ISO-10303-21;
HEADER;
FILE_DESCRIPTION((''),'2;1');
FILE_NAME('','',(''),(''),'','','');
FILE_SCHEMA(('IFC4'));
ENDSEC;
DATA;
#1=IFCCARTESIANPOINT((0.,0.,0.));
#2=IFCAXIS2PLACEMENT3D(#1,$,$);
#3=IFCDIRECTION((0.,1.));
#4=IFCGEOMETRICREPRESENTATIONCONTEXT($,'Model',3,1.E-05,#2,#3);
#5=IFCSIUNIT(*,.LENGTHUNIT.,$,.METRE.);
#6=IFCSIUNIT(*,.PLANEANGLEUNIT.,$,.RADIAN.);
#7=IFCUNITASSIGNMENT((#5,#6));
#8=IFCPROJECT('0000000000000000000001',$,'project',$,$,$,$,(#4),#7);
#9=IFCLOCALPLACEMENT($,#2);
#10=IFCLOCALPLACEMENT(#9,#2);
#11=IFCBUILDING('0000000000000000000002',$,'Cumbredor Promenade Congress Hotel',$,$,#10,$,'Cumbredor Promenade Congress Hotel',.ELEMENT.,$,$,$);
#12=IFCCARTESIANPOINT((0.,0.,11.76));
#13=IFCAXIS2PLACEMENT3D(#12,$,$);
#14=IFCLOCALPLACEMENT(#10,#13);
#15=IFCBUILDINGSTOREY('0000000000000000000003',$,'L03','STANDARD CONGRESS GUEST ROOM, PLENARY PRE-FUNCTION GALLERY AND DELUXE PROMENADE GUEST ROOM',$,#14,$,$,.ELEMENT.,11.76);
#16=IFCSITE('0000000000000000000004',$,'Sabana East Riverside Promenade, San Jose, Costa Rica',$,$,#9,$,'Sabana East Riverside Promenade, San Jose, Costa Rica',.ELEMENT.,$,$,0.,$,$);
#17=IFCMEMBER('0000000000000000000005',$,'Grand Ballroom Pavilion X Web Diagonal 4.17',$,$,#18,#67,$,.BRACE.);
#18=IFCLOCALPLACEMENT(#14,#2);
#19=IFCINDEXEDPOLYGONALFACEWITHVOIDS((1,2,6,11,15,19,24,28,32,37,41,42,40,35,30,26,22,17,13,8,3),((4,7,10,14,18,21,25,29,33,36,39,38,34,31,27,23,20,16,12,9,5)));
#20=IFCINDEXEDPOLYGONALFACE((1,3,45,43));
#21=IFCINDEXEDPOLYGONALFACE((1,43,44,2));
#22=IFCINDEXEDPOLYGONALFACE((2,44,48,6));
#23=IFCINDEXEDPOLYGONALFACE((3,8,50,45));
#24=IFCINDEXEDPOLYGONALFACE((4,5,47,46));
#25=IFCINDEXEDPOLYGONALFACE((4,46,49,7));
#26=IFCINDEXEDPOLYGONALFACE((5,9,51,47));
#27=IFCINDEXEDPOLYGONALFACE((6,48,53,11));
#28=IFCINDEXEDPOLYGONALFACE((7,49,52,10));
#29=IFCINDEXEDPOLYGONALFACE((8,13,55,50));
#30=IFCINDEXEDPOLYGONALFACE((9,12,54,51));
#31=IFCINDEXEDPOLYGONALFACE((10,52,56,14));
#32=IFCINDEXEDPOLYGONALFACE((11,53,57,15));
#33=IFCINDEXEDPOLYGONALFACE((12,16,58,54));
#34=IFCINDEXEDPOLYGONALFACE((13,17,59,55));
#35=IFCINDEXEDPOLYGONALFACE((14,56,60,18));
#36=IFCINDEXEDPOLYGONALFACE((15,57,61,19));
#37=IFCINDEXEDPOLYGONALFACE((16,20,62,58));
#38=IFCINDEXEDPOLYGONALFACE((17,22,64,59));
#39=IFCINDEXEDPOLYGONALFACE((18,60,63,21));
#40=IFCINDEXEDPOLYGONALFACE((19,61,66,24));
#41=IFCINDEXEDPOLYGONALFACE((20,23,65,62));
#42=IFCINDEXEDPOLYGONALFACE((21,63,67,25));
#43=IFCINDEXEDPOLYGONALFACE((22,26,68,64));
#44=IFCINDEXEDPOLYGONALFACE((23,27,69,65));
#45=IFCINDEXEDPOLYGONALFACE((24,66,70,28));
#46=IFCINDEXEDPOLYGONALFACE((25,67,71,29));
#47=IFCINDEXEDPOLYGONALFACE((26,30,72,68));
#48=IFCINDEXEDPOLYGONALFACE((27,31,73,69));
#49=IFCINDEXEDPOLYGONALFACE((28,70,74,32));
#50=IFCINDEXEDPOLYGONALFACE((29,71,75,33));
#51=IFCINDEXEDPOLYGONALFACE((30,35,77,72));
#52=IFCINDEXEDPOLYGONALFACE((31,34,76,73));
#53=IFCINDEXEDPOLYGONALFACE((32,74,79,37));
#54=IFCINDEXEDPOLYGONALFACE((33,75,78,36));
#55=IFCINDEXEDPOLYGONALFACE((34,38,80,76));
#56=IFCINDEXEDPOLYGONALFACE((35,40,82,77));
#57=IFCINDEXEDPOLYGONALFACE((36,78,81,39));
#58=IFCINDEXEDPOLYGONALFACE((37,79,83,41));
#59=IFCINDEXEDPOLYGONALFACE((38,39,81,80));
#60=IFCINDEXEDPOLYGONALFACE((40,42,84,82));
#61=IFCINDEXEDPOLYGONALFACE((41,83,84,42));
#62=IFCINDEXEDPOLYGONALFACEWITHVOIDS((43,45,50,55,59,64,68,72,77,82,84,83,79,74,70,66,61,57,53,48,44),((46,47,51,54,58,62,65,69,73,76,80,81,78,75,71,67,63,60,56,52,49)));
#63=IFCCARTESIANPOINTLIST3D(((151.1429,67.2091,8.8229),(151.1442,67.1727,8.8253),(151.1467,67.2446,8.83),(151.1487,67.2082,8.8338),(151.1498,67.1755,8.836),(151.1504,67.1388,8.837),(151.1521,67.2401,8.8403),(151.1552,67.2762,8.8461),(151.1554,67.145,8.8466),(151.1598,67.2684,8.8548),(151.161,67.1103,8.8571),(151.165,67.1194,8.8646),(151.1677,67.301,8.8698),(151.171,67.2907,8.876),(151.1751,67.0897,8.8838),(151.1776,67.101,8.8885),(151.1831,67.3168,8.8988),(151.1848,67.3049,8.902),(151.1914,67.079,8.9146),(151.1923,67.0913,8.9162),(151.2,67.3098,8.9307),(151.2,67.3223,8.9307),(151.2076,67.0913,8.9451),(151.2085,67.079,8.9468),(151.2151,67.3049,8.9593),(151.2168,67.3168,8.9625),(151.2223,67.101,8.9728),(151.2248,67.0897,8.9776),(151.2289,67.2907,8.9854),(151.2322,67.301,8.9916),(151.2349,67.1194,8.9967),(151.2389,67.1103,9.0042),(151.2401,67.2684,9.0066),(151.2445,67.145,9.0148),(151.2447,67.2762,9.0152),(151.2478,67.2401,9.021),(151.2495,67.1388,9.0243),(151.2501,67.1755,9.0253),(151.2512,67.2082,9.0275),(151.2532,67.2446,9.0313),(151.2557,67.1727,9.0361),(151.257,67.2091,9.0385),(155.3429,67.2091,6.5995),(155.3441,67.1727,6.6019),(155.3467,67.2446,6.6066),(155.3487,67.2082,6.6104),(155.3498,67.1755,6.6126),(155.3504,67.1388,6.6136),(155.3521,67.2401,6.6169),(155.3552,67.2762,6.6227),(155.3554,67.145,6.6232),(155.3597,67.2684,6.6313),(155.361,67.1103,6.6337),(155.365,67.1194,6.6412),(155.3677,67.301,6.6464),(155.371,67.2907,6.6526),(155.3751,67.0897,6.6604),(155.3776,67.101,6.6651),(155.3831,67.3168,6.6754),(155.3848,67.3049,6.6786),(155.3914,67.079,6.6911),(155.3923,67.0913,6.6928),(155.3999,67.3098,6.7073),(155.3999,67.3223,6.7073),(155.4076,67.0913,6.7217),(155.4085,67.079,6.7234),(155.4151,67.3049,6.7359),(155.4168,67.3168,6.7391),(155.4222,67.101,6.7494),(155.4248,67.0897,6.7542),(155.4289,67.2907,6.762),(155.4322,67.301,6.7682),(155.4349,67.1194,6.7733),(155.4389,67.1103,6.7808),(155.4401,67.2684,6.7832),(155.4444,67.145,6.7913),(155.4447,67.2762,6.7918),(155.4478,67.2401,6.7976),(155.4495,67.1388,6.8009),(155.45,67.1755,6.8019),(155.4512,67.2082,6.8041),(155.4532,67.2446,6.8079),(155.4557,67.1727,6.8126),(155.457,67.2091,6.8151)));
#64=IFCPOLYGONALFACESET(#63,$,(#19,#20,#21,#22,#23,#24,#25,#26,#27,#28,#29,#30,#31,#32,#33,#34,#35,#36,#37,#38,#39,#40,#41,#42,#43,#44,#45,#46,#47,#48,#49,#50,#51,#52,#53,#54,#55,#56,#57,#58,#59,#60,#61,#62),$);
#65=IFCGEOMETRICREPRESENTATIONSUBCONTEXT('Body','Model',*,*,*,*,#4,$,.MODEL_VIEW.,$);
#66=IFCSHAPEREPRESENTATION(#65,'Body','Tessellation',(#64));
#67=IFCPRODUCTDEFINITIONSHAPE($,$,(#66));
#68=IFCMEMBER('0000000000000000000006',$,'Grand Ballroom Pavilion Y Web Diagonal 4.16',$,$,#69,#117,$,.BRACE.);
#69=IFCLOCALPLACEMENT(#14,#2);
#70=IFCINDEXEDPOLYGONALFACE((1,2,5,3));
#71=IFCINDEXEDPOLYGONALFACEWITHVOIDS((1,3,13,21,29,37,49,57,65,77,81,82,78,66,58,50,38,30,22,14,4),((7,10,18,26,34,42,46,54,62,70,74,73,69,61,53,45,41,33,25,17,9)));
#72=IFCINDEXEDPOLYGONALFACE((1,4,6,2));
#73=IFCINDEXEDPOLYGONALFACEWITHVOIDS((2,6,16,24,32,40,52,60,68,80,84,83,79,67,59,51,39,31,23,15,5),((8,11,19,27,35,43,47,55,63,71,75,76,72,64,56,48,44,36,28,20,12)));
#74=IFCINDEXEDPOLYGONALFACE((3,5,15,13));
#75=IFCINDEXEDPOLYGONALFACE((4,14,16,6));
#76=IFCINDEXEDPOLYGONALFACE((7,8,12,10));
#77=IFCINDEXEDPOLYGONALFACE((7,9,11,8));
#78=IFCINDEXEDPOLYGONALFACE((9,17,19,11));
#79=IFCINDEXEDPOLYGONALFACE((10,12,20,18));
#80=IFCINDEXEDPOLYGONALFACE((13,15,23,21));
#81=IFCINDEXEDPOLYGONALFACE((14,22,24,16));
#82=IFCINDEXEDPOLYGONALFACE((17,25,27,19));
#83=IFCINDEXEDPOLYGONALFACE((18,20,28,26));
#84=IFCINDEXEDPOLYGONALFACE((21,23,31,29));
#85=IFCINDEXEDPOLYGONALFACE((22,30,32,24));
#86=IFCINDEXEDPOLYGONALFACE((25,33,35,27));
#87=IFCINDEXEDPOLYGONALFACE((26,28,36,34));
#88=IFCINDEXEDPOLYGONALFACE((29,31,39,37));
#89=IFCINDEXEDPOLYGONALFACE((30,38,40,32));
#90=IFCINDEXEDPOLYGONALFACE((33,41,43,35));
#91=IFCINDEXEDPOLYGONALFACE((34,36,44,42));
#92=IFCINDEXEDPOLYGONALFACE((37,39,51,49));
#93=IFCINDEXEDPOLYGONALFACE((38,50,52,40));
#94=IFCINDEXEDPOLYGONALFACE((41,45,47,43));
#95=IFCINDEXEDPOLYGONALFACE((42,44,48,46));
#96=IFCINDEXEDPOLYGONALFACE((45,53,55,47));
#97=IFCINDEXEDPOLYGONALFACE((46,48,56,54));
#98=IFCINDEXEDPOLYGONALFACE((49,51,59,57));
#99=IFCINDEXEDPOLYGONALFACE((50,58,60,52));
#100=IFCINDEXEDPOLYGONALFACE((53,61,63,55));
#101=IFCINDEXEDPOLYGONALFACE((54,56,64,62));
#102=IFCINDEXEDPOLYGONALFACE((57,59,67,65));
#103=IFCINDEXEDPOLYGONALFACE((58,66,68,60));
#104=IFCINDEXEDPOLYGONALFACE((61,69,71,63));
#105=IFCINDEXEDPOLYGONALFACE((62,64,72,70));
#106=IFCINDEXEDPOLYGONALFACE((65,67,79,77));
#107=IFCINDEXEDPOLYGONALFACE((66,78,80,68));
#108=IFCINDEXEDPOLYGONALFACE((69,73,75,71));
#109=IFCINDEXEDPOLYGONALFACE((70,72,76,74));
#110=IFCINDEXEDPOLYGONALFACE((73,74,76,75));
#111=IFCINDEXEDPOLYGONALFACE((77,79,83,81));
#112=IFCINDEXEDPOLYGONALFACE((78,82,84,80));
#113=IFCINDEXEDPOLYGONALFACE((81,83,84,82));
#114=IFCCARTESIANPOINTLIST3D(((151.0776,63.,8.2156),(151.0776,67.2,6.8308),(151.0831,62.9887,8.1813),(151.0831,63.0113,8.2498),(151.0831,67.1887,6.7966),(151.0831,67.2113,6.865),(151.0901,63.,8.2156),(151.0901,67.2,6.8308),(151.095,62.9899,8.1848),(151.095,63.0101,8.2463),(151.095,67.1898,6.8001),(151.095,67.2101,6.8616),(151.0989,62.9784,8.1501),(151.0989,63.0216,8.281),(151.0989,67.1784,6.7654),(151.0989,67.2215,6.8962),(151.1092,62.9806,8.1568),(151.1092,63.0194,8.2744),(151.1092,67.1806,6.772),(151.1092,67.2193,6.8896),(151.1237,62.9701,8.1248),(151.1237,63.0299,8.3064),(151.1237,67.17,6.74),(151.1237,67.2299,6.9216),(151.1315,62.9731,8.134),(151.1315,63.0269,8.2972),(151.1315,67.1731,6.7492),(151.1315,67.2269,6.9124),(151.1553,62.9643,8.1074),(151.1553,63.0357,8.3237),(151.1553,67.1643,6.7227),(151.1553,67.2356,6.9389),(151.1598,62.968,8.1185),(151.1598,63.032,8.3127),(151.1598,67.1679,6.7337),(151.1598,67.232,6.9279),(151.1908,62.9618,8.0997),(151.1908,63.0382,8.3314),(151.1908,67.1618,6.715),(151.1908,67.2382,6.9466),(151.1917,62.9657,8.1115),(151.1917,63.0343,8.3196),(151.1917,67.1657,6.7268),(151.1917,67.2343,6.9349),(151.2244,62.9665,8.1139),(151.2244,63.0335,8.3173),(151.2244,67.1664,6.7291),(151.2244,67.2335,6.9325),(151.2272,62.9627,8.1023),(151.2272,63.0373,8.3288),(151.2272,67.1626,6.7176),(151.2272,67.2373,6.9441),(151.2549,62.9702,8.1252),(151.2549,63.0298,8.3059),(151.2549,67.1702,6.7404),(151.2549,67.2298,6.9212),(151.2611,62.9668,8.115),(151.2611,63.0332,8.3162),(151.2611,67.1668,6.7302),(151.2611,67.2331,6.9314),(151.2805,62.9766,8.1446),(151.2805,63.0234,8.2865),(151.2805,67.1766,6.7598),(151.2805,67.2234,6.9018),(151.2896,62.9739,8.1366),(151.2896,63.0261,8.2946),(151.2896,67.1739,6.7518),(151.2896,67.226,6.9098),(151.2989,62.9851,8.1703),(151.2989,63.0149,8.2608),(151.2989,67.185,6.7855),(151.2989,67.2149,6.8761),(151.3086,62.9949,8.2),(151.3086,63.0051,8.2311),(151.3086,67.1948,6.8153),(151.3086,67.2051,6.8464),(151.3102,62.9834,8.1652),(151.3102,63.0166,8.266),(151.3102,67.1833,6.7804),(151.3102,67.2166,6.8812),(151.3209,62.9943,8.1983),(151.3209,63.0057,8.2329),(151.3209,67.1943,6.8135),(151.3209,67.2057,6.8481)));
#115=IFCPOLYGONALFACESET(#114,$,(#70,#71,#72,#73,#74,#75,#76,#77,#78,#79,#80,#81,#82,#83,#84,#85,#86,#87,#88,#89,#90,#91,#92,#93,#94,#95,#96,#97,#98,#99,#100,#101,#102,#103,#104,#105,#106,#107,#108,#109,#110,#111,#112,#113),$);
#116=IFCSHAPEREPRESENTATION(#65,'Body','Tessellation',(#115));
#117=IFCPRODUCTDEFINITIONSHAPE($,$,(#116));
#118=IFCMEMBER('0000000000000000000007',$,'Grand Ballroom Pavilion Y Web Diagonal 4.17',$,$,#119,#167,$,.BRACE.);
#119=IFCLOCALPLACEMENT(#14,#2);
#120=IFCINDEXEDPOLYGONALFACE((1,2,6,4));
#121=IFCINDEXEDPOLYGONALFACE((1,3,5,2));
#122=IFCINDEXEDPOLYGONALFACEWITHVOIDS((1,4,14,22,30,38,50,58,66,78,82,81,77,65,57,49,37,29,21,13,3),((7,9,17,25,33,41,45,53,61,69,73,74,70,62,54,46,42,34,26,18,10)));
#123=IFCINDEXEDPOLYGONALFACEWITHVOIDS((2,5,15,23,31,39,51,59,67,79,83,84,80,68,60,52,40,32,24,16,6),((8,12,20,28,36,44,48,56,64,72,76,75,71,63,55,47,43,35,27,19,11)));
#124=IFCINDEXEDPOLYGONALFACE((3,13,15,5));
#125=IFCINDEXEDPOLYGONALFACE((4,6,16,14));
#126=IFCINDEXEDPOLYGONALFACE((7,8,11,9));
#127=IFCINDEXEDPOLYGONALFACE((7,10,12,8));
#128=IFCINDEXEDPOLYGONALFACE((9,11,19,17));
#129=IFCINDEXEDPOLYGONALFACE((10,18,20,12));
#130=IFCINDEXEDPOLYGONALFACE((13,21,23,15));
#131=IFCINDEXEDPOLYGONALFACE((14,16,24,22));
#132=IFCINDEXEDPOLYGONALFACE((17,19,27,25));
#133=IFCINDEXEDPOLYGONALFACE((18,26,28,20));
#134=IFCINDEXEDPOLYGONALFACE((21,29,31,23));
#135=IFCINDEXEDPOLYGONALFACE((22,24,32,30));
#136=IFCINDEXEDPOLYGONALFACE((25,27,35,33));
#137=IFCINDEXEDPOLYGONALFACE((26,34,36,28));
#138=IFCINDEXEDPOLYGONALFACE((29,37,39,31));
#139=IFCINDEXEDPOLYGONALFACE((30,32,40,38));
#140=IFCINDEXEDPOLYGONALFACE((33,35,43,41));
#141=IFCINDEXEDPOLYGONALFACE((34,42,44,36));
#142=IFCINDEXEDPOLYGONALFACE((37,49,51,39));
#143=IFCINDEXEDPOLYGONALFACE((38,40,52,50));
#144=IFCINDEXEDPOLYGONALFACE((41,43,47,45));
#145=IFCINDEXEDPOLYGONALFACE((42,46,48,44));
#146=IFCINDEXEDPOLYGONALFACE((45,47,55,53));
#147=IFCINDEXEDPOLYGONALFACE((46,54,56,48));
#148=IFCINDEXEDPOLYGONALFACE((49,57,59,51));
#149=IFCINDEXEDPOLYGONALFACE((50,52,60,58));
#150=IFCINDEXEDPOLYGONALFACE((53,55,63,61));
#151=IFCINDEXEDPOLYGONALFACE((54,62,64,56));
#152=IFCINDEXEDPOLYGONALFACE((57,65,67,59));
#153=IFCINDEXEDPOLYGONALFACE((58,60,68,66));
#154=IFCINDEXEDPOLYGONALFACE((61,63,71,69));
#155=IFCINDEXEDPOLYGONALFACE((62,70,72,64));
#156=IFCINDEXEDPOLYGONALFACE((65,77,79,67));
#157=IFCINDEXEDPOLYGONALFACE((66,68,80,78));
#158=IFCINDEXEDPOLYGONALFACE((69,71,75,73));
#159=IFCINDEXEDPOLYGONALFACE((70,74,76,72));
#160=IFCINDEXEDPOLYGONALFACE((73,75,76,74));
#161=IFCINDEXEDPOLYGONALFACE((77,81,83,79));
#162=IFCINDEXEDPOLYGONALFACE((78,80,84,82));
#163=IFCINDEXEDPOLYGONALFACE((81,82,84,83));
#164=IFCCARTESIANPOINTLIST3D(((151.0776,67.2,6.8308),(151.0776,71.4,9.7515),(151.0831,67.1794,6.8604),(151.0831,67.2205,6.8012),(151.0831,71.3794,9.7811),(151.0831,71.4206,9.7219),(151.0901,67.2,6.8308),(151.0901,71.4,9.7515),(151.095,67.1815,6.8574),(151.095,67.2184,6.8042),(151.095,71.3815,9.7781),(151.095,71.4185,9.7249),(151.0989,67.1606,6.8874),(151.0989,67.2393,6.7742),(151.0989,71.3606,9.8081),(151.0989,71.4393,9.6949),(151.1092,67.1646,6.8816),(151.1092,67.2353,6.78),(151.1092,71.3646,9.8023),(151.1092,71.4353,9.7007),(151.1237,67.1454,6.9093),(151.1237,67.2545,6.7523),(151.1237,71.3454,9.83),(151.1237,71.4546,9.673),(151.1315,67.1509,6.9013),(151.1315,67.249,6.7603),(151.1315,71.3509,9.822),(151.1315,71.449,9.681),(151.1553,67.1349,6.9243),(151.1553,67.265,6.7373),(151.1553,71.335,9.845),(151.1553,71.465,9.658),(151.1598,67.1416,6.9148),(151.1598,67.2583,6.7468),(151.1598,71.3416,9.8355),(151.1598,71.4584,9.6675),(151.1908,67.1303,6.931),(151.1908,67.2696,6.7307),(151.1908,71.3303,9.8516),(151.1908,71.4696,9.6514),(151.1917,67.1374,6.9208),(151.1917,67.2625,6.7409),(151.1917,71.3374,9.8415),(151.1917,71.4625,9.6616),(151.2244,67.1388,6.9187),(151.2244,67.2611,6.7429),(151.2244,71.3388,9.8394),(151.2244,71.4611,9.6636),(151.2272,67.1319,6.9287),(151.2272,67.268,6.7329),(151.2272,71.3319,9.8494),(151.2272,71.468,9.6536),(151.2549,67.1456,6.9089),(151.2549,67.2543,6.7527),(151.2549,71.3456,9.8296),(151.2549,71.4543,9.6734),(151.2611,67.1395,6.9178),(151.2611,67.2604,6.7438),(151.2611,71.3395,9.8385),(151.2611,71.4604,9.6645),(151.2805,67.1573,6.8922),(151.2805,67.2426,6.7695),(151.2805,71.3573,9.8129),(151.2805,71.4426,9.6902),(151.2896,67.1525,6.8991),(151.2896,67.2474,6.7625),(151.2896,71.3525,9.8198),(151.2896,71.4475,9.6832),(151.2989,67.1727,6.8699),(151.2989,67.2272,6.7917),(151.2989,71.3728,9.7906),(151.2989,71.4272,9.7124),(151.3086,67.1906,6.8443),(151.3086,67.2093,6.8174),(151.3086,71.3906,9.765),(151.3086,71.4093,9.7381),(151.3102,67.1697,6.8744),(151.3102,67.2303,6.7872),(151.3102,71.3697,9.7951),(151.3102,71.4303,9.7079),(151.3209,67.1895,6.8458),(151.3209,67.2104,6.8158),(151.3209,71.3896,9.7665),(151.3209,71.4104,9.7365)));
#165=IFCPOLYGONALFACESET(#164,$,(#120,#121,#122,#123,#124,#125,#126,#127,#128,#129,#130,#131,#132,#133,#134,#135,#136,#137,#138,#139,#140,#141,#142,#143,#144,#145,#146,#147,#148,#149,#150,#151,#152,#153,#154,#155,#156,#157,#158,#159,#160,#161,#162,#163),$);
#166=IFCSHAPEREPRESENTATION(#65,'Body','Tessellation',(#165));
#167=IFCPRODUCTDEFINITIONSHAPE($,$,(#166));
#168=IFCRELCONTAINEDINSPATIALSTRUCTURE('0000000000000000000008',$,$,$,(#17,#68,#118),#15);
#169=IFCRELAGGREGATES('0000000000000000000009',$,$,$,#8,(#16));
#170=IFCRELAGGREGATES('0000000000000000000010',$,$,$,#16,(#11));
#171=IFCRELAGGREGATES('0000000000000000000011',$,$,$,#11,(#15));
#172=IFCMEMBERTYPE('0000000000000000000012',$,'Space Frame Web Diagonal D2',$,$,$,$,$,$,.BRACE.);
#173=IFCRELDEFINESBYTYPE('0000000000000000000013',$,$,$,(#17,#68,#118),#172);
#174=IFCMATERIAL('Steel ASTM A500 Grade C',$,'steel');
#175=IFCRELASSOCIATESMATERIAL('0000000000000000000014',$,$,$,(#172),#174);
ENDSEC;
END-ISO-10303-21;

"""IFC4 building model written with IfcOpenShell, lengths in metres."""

from ifc_helpers import new_model, si_unit, direction, frame, origin, origin_2d, place, context, subcontext, project, spatial, hollow_circle, extrude, material, material_profile, profile_set, type_object, element, save


model = new_model("IFC4")

# Units and contexts
model_context = context("Model", 3, precision=1e-05, world=origin(), true_north=direction((0.0, 1.0)))
body_context = subcontext(model_context, "Body", "Model", "MODEL_VIEW")
ifc_project = project(units=[si_unit("LENGTHUNIT", "METRE"), si_unit("PLANEANGLEUNIT", "RADIAN")], contexts=[model_context])

# Site, building, storey
site_placement = place(None, origin())
site = spatial("IfcSite", under=ifc_project, at=site_placement, Name="Sabana East Riverside Promenade, San Jose, Costa Rica", LongName="Sabana East Riverside Promenade, San Jose, Costa Rica", CompositionType="ELEMENT", RefElevation=0.0)
building_placement = place(site_placement, origin())
building = spatial("IfcBuilding", under=site, at=building_placement, Name="Cumbredor Promenade Congress Hotel", LongName="Cumbredor Promenade Congress Hotel", CompositionType="ELEMENT")
storey_placement = place(building_placement, frame((0.0, 0.0, 11.76)))
storey = spatial("IfcBuildingStorey", under=building, at=storey_placement, Name="L03", Description="STANDARD CONGRESS GUEST ROOM, PLENARY PRE-FUNCTION GALLERY AND DELUXE PROMENADE GUEST ROOM", CompositionType="ELEMENT", Elevation=11.76)

# Shared definitions
ifc_material_1 = material(Name="Steel ASTM A500 Grade C", Category="steel")

# Members
ifc_material_profile_1 = material_profile(ifc_material_1, hollow_circle(Radius=0.1223, WallThickness=0.0125, at=origin_2d()), Name="CHS 244.5x12.5")
ifc_profile_set_1 = profile_set([ifc_material_profile_1], Name="Steel ASTM A500 Grade C")
member_type_1 = type_object("IfcMemberType", Name="Space Frame Web Diagonal D2", PredefinedType="BRACE", material=ifc_profile_set_1)
member_1_placement = place(storey_placement, frame((151.2, 67.2, 8.9307), z_axis=(0.883798, 0.0, -0.467869), x_axis=(0.0, 1.0, 0.0)))
element("IfcMember", 1, at=member_1_placement, inside=storey, type_object=member_type_1, Name="Grand Ballroom Pavilion X Web Diagonal 4.17", PredefinedType="BRACE", context=body_context, shape_type="SweptSolid", body=[
    extrude(hollow_circle(Radius=0.1223, WallThickness=0.0125, at=origin_2d()), origin(), (0.0, 0.0, 1.0), 4.7522),
])
member_2_placement = place(storey_placement, frame((151.2, 63.0, 8.2156), z_axis=(0.0, 0.949711, -0.313129), x_axis=(-1.0, 0.0, 0.0)))
element("IfcMember", 2, at=member_2_placement, inside=storey, type_object=member_type_1, Name="Grand Ballroom Pavilion Y Web Diagonal 4.16", PredefinedType="BRACE", context=body_context, shape_type="SweptSolid", body=[
    extrude(hollow_circle(Radius=0.1223, WallThickness=0.0125, at=origin_2d()), origin(), (0.0, 0.0, 1.0), 4.4224),
])
member_3_placement = place(storey_placement, frame((151.2, 67.2, 6.8308), z_axis=(0.0, 0.821001, 0.570926), x_axis=(-1.0, 0.0, 0.0)))
element("IfcMember", 3, at=member_3_placement, inside=storey, type_object=member_type_1, Name="Grand Ballroom Pavilion Y Web Diagonal 4.17", PredefinedType="BRACE", context=body_context, shape_type="SweptSolid", body=[
    extrude(hollow_circle(Radius=0.1223, WallThickness=0.0125, at=origin_2d()), origin(), (0.0, 0.0, 1.0), 5.1157),
])

save(model, "model.ifc")
